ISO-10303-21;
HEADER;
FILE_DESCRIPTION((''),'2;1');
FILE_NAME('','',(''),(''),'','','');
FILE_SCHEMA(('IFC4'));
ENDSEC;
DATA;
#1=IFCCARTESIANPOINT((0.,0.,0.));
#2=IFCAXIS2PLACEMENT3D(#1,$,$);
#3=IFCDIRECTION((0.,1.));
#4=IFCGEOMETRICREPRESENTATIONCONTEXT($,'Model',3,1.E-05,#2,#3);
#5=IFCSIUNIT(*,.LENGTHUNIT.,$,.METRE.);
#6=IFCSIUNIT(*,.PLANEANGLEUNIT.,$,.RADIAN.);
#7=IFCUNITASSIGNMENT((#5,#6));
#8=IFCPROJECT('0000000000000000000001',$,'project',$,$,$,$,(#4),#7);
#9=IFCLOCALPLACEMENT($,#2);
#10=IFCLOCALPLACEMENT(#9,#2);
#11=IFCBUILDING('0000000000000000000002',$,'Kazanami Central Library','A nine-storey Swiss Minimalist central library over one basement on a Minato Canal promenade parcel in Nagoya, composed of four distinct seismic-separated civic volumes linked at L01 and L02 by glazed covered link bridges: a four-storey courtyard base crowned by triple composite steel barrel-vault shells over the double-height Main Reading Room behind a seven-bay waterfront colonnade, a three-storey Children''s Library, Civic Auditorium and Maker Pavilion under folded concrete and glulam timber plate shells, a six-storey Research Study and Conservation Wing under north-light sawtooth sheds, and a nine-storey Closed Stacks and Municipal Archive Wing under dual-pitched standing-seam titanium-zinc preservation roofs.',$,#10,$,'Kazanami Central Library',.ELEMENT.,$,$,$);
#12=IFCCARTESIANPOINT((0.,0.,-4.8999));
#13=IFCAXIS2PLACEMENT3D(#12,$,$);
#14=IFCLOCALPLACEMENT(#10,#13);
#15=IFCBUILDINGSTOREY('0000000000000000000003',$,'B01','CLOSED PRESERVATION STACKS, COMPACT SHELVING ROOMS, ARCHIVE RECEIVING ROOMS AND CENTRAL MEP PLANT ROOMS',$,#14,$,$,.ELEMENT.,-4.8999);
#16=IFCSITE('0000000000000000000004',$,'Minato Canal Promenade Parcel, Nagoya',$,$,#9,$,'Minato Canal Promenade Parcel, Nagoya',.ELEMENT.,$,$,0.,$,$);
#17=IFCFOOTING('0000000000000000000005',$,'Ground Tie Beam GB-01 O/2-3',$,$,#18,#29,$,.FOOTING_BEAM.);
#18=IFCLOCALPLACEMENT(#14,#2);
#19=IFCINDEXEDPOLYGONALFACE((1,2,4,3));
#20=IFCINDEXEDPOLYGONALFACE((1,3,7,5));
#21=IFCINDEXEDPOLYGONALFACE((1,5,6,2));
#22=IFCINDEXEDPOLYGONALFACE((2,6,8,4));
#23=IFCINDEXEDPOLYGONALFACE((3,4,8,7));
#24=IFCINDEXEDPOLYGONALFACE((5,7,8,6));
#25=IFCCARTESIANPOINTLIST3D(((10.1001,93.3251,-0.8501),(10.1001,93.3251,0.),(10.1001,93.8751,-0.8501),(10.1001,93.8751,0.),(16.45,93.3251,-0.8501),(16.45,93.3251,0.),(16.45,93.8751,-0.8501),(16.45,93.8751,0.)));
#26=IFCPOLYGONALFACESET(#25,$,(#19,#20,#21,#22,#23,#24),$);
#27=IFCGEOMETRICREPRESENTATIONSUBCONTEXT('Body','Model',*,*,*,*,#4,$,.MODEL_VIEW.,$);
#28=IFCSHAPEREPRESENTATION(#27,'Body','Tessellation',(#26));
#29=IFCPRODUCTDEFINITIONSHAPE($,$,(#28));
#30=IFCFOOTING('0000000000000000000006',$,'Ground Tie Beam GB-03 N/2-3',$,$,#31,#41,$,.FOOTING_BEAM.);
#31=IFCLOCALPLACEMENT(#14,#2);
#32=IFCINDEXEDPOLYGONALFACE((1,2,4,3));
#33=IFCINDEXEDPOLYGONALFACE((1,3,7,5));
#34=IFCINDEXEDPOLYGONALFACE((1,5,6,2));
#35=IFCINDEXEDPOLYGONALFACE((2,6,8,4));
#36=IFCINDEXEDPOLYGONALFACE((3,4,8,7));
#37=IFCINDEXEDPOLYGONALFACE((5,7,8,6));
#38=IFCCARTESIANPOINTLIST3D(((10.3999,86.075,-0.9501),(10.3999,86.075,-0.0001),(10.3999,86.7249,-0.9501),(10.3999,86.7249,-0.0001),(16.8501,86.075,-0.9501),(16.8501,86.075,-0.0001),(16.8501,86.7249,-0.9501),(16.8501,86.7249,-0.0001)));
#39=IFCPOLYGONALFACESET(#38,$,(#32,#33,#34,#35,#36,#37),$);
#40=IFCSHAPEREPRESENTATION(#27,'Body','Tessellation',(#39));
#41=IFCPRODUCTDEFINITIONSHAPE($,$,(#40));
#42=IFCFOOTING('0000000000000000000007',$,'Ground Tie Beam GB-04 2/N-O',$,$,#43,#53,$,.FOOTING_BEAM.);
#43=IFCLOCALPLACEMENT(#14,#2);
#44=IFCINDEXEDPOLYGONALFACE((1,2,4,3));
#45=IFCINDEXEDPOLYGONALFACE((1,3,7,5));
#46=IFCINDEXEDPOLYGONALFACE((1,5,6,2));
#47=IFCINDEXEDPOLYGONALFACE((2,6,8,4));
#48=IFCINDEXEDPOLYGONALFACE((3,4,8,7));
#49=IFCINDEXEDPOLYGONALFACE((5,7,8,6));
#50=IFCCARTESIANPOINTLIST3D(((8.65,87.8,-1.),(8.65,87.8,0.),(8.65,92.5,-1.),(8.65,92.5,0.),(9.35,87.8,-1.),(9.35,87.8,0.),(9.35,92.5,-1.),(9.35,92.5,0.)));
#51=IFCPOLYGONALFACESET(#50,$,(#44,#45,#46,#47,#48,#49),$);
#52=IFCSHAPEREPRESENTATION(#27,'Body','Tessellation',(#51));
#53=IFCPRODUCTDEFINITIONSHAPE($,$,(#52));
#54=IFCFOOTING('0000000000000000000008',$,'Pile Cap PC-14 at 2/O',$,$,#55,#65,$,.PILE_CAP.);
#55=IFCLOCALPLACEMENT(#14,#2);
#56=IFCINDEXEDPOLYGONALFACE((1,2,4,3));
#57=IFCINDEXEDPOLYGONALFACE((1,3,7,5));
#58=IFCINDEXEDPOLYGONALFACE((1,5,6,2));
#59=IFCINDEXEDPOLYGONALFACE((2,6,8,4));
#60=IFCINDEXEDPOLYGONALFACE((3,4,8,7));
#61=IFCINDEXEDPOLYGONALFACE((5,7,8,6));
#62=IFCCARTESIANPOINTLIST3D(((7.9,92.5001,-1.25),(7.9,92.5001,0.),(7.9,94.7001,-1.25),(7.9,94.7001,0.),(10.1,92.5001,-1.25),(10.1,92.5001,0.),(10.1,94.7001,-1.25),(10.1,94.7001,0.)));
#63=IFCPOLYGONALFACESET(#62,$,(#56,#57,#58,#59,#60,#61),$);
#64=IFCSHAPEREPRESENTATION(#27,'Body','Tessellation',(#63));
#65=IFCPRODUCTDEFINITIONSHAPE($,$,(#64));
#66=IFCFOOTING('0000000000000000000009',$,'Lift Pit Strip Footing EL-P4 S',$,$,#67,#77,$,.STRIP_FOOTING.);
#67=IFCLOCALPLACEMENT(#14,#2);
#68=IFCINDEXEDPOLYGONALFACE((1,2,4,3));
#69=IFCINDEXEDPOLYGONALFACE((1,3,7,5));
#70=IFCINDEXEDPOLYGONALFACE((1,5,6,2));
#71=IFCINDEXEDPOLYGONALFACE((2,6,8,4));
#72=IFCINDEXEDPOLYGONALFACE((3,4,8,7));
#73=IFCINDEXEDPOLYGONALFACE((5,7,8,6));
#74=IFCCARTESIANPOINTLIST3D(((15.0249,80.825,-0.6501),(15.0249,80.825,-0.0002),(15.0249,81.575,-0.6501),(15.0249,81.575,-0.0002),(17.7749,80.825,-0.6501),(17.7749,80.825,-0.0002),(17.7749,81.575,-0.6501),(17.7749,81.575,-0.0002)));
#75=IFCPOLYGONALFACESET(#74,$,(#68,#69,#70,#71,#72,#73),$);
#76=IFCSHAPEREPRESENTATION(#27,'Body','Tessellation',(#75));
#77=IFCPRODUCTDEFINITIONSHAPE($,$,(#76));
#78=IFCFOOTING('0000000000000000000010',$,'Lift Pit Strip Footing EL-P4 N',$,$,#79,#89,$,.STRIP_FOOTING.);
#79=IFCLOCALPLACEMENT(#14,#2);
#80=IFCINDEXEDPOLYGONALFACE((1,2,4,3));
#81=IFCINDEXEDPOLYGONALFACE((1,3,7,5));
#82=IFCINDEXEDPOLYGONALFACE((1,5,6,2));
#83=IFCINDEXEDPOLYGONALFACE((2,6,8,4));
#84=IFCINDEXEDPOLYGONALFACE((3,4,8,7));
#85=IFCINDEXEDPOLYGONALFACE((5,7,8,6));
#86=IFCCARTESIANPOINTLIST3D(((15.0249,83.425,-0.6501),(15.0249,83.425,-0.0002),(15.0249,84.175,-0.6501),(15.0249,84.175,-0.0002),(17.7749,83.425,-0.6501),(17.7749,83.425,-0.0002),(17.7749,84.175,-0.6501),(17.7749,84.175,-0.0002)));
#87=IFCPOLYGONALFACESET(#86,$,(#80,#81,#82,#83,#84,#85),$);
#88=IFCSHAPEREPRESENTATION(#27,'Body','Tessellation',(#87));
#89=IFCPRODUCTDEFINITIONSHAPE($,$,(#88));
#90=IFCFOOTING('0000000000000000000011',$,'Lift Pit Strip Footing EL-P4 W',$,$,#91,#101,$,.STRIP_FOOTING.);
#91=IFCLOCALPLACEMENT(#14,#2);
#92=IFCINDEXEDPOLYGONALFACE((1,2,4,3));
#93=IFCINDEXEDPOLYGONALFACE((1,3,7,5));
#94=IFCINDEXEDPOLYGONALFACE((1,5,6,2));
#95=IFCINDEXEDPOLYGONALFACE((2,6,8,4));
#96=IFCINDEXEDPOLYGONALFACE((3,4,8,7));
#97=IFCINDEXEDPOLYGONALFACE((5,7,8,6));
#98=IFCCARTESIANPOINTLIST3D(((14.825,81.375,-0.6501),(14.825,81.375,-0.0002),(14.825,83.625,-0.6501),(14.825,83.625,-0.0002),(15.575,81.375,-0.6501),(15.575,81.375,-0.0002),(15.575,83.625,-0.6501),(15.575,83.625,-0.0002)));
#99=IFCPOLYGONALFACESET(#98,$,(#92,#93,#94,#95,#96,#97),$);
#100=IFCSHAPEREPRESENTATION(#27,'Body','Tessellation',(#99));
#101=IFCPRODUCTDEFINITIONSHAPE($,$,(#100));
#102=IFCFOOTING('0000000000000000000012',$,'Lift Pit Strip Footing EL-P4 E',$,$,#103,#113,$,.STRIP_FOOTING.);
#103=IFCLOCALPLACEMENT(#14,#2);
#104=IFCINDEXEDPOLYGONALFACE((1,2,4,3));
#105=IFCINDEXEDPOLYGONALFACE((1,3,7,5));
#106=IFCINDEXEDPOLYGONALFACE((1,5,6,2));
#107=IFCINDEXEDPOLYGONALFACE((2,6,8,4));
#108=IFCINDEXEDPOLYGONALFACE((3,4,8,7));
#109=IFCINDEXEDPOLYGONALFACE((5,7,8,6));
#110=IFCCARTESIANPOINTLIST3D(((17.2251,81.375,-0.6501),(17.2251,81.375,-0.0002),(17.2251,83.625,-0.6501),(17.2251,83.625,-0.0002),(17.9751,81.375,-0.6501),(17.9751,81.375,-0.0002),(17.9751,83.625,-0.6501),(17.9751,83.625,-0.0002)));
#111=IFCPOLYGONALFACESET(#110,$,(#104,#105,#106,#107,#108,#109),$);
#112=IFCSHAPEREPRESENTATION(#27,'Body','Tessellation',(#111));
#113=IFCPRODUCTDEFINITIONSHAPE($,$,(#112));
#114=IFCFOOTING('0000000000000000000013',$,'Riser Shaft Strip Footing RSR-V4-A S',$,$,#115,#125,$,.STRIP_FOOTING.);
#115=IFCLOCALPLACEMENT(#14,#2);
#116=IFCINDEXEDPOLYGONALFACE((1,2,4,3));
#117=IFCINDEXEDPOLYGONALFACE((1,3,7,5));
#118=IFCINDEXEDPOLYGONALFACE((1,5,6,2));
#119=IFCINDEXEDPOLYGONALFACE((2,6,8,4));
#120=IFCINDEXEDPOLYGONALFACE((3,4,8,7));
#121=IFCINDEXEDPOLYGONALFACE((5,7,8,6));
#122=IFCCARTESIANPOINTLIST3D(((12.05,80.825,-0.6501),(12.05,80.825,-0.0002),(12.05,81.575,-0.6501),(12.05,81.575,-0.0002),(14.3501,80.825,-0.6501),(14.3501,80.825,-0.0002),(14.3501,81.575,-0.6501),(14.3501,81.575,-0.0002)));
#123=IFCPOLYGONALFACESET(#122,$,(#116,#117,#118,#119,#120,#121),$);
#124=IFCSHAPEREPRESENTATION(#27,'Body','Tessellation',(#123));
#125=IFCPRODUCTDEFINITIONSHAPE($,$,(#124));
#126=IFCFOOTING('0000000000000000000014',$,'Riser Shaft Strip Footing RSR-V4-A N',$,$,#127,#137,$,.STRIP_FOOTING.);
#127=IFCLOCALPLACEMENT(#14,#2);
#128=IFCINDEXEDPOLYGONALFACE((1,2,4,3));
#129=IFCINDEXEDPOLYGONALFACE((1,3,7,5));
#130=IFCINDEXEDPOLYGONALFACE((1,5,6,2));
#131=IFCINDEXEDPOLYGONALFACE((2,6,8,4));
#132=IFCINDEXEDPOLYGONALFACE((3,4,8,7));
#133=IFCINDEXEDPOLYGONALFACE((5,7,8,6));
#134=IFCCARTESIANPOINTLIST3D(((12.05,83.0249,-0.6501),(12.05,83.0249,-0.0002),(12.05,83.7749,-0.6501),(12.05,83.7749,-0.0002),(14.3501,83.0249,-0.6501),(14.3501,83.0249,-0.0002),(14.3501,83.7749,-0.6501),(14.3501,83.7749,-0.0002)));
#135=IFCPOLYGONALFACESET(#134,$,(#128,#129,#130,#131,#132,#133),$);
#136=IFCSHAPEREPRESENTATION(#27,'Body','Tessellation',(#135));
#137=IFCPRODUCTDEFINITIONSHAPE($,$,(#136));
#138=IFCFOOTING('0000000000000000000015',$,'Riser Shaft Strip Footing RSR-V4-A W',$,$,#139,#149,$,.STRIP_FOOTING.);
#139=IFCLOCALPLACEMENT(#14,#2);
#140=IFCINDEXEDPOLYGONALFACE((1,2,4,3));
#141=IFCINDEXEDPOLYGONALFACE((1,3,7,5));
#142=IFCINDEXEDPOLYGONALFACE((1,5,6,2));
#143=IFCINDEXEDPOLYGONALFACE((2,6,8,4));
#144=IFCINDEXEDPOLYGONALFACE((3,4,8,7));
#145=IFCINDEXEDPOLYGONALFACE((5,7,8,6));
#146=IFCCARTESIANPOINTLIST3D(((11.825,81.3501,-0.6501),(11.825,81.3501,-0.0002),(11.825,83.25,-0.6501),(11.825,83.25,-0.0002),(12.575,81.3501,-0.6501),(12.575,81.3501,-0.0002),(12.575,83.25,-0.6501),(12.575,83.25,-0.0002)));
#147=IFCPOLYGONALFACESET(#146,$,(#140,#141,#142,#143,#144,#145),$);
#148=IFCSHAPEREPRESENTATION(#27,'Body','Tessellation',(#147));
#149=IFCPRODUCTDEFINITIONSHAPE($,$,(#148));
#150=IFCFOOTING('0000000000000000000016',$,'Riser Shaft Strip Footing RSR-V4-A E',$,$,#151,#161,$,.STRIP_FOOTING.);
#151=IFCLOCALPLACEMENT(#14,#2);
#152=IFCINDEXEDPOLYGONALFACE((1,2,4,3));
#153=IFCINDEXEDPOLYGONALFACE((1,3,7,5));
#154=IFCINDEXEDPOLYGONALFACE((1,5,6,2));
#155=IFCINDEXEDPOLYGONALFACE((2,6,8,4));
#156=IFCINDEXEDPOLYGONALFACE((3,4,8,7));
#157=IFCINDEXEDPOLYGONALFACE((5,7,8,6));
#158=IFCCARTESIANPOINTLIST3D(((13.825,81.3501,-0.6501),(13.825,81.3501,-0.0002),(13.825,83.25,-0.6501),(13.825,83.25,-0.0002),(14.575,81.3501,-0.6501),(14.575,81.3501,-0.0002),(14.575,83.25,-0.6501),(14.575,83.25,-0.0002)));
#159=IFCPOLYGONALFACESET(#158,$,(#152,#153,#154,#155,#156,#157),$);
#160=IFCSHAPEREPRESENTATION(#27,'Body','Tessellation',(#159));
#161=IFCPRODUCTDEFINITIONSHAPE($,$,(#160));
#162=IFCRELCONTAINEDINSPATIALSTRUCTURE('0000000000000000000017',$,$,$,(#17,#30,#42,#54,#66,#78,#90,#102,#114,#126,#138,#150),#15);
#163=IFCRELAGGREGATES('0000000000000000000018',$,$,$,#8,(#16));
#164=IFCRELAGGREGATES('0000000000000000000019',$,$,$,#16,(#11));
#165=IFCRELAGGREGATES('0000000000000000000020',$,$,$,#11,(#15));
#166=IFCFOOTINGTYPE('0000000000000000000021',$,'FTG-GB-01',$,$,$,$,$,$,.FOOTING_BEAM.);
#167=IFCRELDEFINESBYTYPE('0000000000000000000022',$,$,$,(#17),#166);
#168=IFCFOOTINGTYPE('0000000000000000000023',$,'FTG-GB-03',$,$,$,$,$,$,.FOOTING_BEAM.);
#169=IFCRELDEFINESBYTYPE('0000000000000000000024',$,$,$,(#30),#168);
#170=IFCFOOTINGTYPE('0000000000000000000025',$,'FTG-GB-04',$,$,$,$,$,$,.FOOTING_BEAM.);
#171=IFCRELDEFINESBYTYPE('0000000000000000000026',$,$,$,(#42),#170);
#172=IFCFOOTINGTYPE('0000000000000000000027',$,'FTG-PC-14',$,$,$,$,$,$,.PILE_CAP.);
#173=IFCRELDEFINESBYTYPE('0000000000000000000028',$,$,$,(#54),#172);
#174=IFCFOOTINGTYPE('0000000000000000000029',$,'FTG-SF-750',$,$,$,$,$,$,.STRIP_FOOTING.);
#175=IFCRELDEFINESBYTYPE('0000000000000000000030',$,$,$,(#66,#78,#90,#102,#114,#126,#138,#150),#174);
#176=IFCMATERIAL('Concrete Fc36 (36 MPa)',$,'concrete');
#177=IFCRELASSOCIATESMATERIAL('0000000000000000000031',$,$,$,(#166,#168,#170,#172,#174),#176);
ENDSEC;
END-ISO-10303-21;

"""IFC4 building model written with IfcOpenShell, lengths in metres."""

from ifc_helpers import new_model, si_unit, direction, frame, origin, origin_2d, place, context, subcontext, project, spatial, rectangle, extrude, material, material_profile, profile_set, type_object, element, save


model = new_model("IFC4")

# Units and contexts
model_context = context("Model", 3, precision=1e-05, world=origin(), true_north=direction((0.0, 1.0)))
body_context = subcontext(model_context, "Body", "Model", "MODEL_VIEW")
ifc_project = project(units=[si_unit("LENGTHUNIT", "METRE"), si_unit("PLANEANGLEUNIT", "RADIAN")], contexts=[model_context])

# Site, building, storey
site_placement = place(None, origin())
site = spatial("IfcSite", under=ifc_project, at=site_placement, Name="Minato Canal Promenade Parcel, Nagoya", LongName="Minato Canal Promenade Parcel, Nagoya", CompositionType="ELEMENT", RefElevation=0.0)
building_placement = place(site_placement, origin())
building = spatial("IfcBuilding", under=site, at=building_placement, Name="Kazanami Central Library", Description="A nine-storey Swiss Minimalist central library over one basement on a Minato Canal promenade parcel in Nagoya, composed of four distinct seismic-separated civic volumes linked at L01 and L02 by glazed covered link bridges: a four-storey courtyard base crowned by triple composite steel barrel-vault shells over the double-height Main Reading Room behind a seven-bay waterfront colonnade, a three-storey Children's Library, Civic Auditorium and Maker Pavilion under folded concrete and glulam timber plate shells, a six-storey Research Study and Conservation Wing under north-light sawtooth sheds, and a nine-storey Closed Stacks and Municipal Archive Wing under dual-pitched standing-seam titanium-zinc preservation roofs.", LongName="Kazanami Central Library", CompositionType="ELEMENT")
storey_placement = place(building_placement, frame((0.0, 0.0, -4.8999)))
storey = spatial("IfcBuildingStorey", under=building, at=storey_placement, Name="B01", Description="CLOSED PRESERVATION STACKS, COMPACT SHELVING ROOMS, ARCHIVE RECEIVING ROOMS AND CENTRAL MEP PLANT ROOMS", CompositionType="ELEMENT", Elevation=-4.8999)

# Footings
ifc_material_1 = material(Name="Concrete Fc36 (36 MPa)", Category="concrete")
ifc_material_profile_1 = material_profile(ifc_material_1, rectangle(XDim=0.55, YDim=0.8501, at=origin_2d()), Name="RC-550x850")
ifc_profile_set_1 = profile_set([ifc_material_profile_1], Name="Concrete Fc36 (36 MPa)")
footing_type_1 = type_object("IfcFootingType", Name="FTG-GB-01", PredefinedType="FOOTING_BEAM", material=ifc_profile_set_1)
footing_1_placement = place(storey_placement, frame((10.1001, 93.6001, -0.425), z_axis=(1.0, 0.0, 0.0), x_axis=(0.0, 1.0, 0.0)))
element("IfcFooting", 1, at=footing_1_placement, inside=storey, type_object=footing_type_1, Name="Ground Tie Beam GB-01 O/2-3", PredefinedType="FOOTING_BEAM", context=body_context, shape_type="SweptSolid", body=[
    extrude(rectangle(XDim=0.55, YDim=0.8501, at=origin_2d()), origin(), (0.0, 0.0, 1.0), 6.3499),
])
ifc_material_profile_2 = material_profile(ifc_material_1, rectangle(XDim=0.6499, YDim=0.95, at=origin_2d()), Name="RC-650x950")
ifc_profile_set_2 = profile_set([ifc_material_profile_2], Name="Concrete Fc36 (36 MPa)")
footing_type_2 = type_object("IfcFootingType", Name="FTG-GB-03", PredefinedType="FOOTING_BEAM", material=ifc_profile_set_2)
footing_2_placement = place(storey_placement, frame((10.3999, 86.3999, -0.4751), z_axis=(1.0, 0.0, 0.0), x_axis=(0.0, 1.0, 0.0)))
element("IfcFooting", 2, at=footing_2_placement, inside=storey, type_object=footing_type_2, Name="Ground Tie Beam GB-03 N/2-3", PredefinedType="FOOTING_BEAM", context=body_context, shape_type="SweptSolid", body=[
    extrude(rectangle(XDim=0.6499, YDim=0.95, at=origin_2d()), origin(), (0.0, 0.0, 1.0), 6.4502),
])
ifc_material_profile_3 = material_profile(ifc_material_1, rectangle(XDim=0.7, YDim=1.0, at=origin_2d()), Name="RC-700x1000")
ifc_profile_set_3 = profile_set([ifc_material_profile_3], Name="Concrete Fc36 (36 MPa)")
footing_type_3 = type_object("IfcFootingType", Name="FTG-GB-04", PredefinedType="FOOTING_BEAM", material=ifc_profile_set_3)
footing_3_placement = place(storey_placement, frame((9.0, 87.8, -0.5), z_axis=(0.0, 1.0, 0.0), x_axis=(-1.0, 0.0, 0.0)))
element("IfcFooting", 3, at=footing_3_placement, inside=storey, type_object=footing_type_3, Name="Ground Tie Beam GB-04 2/N-O", PredefinedType="FOOTING_BEAM", context=body_context, shape_type="SweptSolid", body=[
    extrude(rectangle(XDim=0.7, YDim=1.0, at=origin_2d()), origin(), (0.0, 0.0, 1.0), 4.7),
])
footing_type_4 = type_object("IfcFootingType", Name="FTG-PC-14", PredefinedType="PILE_CAP", material=ifc_material_1)
footing_4_placement = place(storey_placement, frame((9.0, 93.6001, -1.25), z_axis=(0.0, 0.0, 1.0), x_axis=(1.0, 0.0, 0.0)))
element("IfcFooting", 4, at=footing_4_placement, inside=storey, type_object=footing_type_4, Name="Pile Cap PC-14 at 2/O", PredefinedType="PILE_CAP", context=body_context, shape_type="SweptSolid", body=[
    extrude(rectangle(XDim=2.2, YDim=2.2, at=origin_2d()), origin(), (0.0, 0.0, 1.0), 1.25),
])
ifc_material_profile_4 = material_profile(ifc_material_1, rectangle(XDim=0.75, YDim=0.6499, at=origin_2d()), Name="RC-750x650")
ifc_profile_set_4 = profile_set([ifc_material_profile_4], Name="Concrete Fc36 (36 MPa)")
footing_type_5 = type_object("IfcFootingType", Name="FTG-SF-750", PredefinedType="STRIP_FOOTING", material=ifc_profile_set_4)
for number, where, z_axis, x_axis, name in (
    (5, (15.0249, 81.2, -0.3252), (1.0, 0.0, 0.0), (0.0, 1.0, 0.0), "Lift Pit Strip Footing EL-P4 S"),
    (6, (15.0249, 83.8, -0.3252), (1.0, 0.0, 0.0), (0.0, 1.0, 0.0), "Lift Pit Strip Footing EL-P4 N"),
):
    element("IfcFooting", number, at=place(storey_placement, frame(where, z_axis=z_axis, x_axis=x_axis)), inside=storey, type_object=footing_type_5, Name=name, PredefinedType="STRIP_FOOTING", context=body_context, shape_type="SweptSolid", body=[
        extrude(rectangle(XDim=0.75, YDim=0.6499, at=origin_2d()), origin(), (0.0, 0.0, 1.0), 2.75),
    ])
for number, where, z_axis, x_axis, name in (
    (7, (15.2, 81.375, -0.3252), (0.0, 1.0, 0.0), (-1.0, 0.0, 0.0), "Lift Pit Strip Footing EL-P4 W"),
    (8, (17.6001, 81.375, -0.3252), (0.0, 1.0, 0.0), (-1.0, 0.0, 0.0), "Lift Pit Strip Footing EL-P4 E"),
):
    element("IfcFooting", number, at=place(storey_placement, frame(where, z_axis=z_axis, x_axis=x_axis)), inside=storey, type_object=footing_type_5, Name=name, PredefinedType="STRIP_FOOTING", context=body_context, shape_type="SweptSolid", body=[
        extrude(rectangle(XDim=0.75, YDim=0.6499, at=origin_2d()), origin(), (0.0, 0.0, 1.0), 2.25),
    ])
for number, where, z_axis, x_axis, name in (
    (9, (12.05, 81.2, -0.3252), (1.0, 0.0, 0.0), (0.0, 1.0, 0.0), "Riser Shaft Strip Footing RSR-V4-A S"),
    (10, (12.05, 83.3999, -0.3252), (1.0, 0.0, 0.0), (0.0, 1.0, 0.0), "Riser Shaft Strip Footing RSR-V4-A N"),
):
    element("IfcFooting", number, at=place(storey_placement, frame(where, z_axis=z_axis, x_axis=x_axis)), inside=storey, type_object=footing_type_5, Name=name, PredefinedType="STRIP_FOOTING", context=body_context, shape_type="SweptSolid", body=[
        extrude(rectangle(XDim=0.75, YDim=0.6499, at=origin_2d()), origin(), (0.0, 0.0, 1.0), 2.3),
    ])
for number, where, z_axis, x_axis, name in (
    (11, (12.2, 81.3501, -0.3252), (0.0, 1.0, 0.0), (-1.0, 0.0, 0.0), "Riser Shaft Strip Footing RSR-V4-A W"),
    (12, (14.2, 81.3501, -0.3252), (0.0, 1.0, 0.0), (-1.0, 0.0, 0.0), "Riser Shaft Strip Footing RSR-V4-A E"),
):
    element("IfcFooting", number, at=place(storey_placement, frame(where, z_axis=z_axis, x_axis=x_axis)), inside=storey, type_object=footing_type_5, Name=name, PredefinedType="STRIP_FOOTING", context=body_context, shape_type="SweptSolid", body=[
        extrude(rectangle(XDim=0.75, YDim=0.6499, at=origin_2d()), origin(), (0.0, 0.0, 1.0), 1.8999),
    ])

save(model, "model.ifc")
